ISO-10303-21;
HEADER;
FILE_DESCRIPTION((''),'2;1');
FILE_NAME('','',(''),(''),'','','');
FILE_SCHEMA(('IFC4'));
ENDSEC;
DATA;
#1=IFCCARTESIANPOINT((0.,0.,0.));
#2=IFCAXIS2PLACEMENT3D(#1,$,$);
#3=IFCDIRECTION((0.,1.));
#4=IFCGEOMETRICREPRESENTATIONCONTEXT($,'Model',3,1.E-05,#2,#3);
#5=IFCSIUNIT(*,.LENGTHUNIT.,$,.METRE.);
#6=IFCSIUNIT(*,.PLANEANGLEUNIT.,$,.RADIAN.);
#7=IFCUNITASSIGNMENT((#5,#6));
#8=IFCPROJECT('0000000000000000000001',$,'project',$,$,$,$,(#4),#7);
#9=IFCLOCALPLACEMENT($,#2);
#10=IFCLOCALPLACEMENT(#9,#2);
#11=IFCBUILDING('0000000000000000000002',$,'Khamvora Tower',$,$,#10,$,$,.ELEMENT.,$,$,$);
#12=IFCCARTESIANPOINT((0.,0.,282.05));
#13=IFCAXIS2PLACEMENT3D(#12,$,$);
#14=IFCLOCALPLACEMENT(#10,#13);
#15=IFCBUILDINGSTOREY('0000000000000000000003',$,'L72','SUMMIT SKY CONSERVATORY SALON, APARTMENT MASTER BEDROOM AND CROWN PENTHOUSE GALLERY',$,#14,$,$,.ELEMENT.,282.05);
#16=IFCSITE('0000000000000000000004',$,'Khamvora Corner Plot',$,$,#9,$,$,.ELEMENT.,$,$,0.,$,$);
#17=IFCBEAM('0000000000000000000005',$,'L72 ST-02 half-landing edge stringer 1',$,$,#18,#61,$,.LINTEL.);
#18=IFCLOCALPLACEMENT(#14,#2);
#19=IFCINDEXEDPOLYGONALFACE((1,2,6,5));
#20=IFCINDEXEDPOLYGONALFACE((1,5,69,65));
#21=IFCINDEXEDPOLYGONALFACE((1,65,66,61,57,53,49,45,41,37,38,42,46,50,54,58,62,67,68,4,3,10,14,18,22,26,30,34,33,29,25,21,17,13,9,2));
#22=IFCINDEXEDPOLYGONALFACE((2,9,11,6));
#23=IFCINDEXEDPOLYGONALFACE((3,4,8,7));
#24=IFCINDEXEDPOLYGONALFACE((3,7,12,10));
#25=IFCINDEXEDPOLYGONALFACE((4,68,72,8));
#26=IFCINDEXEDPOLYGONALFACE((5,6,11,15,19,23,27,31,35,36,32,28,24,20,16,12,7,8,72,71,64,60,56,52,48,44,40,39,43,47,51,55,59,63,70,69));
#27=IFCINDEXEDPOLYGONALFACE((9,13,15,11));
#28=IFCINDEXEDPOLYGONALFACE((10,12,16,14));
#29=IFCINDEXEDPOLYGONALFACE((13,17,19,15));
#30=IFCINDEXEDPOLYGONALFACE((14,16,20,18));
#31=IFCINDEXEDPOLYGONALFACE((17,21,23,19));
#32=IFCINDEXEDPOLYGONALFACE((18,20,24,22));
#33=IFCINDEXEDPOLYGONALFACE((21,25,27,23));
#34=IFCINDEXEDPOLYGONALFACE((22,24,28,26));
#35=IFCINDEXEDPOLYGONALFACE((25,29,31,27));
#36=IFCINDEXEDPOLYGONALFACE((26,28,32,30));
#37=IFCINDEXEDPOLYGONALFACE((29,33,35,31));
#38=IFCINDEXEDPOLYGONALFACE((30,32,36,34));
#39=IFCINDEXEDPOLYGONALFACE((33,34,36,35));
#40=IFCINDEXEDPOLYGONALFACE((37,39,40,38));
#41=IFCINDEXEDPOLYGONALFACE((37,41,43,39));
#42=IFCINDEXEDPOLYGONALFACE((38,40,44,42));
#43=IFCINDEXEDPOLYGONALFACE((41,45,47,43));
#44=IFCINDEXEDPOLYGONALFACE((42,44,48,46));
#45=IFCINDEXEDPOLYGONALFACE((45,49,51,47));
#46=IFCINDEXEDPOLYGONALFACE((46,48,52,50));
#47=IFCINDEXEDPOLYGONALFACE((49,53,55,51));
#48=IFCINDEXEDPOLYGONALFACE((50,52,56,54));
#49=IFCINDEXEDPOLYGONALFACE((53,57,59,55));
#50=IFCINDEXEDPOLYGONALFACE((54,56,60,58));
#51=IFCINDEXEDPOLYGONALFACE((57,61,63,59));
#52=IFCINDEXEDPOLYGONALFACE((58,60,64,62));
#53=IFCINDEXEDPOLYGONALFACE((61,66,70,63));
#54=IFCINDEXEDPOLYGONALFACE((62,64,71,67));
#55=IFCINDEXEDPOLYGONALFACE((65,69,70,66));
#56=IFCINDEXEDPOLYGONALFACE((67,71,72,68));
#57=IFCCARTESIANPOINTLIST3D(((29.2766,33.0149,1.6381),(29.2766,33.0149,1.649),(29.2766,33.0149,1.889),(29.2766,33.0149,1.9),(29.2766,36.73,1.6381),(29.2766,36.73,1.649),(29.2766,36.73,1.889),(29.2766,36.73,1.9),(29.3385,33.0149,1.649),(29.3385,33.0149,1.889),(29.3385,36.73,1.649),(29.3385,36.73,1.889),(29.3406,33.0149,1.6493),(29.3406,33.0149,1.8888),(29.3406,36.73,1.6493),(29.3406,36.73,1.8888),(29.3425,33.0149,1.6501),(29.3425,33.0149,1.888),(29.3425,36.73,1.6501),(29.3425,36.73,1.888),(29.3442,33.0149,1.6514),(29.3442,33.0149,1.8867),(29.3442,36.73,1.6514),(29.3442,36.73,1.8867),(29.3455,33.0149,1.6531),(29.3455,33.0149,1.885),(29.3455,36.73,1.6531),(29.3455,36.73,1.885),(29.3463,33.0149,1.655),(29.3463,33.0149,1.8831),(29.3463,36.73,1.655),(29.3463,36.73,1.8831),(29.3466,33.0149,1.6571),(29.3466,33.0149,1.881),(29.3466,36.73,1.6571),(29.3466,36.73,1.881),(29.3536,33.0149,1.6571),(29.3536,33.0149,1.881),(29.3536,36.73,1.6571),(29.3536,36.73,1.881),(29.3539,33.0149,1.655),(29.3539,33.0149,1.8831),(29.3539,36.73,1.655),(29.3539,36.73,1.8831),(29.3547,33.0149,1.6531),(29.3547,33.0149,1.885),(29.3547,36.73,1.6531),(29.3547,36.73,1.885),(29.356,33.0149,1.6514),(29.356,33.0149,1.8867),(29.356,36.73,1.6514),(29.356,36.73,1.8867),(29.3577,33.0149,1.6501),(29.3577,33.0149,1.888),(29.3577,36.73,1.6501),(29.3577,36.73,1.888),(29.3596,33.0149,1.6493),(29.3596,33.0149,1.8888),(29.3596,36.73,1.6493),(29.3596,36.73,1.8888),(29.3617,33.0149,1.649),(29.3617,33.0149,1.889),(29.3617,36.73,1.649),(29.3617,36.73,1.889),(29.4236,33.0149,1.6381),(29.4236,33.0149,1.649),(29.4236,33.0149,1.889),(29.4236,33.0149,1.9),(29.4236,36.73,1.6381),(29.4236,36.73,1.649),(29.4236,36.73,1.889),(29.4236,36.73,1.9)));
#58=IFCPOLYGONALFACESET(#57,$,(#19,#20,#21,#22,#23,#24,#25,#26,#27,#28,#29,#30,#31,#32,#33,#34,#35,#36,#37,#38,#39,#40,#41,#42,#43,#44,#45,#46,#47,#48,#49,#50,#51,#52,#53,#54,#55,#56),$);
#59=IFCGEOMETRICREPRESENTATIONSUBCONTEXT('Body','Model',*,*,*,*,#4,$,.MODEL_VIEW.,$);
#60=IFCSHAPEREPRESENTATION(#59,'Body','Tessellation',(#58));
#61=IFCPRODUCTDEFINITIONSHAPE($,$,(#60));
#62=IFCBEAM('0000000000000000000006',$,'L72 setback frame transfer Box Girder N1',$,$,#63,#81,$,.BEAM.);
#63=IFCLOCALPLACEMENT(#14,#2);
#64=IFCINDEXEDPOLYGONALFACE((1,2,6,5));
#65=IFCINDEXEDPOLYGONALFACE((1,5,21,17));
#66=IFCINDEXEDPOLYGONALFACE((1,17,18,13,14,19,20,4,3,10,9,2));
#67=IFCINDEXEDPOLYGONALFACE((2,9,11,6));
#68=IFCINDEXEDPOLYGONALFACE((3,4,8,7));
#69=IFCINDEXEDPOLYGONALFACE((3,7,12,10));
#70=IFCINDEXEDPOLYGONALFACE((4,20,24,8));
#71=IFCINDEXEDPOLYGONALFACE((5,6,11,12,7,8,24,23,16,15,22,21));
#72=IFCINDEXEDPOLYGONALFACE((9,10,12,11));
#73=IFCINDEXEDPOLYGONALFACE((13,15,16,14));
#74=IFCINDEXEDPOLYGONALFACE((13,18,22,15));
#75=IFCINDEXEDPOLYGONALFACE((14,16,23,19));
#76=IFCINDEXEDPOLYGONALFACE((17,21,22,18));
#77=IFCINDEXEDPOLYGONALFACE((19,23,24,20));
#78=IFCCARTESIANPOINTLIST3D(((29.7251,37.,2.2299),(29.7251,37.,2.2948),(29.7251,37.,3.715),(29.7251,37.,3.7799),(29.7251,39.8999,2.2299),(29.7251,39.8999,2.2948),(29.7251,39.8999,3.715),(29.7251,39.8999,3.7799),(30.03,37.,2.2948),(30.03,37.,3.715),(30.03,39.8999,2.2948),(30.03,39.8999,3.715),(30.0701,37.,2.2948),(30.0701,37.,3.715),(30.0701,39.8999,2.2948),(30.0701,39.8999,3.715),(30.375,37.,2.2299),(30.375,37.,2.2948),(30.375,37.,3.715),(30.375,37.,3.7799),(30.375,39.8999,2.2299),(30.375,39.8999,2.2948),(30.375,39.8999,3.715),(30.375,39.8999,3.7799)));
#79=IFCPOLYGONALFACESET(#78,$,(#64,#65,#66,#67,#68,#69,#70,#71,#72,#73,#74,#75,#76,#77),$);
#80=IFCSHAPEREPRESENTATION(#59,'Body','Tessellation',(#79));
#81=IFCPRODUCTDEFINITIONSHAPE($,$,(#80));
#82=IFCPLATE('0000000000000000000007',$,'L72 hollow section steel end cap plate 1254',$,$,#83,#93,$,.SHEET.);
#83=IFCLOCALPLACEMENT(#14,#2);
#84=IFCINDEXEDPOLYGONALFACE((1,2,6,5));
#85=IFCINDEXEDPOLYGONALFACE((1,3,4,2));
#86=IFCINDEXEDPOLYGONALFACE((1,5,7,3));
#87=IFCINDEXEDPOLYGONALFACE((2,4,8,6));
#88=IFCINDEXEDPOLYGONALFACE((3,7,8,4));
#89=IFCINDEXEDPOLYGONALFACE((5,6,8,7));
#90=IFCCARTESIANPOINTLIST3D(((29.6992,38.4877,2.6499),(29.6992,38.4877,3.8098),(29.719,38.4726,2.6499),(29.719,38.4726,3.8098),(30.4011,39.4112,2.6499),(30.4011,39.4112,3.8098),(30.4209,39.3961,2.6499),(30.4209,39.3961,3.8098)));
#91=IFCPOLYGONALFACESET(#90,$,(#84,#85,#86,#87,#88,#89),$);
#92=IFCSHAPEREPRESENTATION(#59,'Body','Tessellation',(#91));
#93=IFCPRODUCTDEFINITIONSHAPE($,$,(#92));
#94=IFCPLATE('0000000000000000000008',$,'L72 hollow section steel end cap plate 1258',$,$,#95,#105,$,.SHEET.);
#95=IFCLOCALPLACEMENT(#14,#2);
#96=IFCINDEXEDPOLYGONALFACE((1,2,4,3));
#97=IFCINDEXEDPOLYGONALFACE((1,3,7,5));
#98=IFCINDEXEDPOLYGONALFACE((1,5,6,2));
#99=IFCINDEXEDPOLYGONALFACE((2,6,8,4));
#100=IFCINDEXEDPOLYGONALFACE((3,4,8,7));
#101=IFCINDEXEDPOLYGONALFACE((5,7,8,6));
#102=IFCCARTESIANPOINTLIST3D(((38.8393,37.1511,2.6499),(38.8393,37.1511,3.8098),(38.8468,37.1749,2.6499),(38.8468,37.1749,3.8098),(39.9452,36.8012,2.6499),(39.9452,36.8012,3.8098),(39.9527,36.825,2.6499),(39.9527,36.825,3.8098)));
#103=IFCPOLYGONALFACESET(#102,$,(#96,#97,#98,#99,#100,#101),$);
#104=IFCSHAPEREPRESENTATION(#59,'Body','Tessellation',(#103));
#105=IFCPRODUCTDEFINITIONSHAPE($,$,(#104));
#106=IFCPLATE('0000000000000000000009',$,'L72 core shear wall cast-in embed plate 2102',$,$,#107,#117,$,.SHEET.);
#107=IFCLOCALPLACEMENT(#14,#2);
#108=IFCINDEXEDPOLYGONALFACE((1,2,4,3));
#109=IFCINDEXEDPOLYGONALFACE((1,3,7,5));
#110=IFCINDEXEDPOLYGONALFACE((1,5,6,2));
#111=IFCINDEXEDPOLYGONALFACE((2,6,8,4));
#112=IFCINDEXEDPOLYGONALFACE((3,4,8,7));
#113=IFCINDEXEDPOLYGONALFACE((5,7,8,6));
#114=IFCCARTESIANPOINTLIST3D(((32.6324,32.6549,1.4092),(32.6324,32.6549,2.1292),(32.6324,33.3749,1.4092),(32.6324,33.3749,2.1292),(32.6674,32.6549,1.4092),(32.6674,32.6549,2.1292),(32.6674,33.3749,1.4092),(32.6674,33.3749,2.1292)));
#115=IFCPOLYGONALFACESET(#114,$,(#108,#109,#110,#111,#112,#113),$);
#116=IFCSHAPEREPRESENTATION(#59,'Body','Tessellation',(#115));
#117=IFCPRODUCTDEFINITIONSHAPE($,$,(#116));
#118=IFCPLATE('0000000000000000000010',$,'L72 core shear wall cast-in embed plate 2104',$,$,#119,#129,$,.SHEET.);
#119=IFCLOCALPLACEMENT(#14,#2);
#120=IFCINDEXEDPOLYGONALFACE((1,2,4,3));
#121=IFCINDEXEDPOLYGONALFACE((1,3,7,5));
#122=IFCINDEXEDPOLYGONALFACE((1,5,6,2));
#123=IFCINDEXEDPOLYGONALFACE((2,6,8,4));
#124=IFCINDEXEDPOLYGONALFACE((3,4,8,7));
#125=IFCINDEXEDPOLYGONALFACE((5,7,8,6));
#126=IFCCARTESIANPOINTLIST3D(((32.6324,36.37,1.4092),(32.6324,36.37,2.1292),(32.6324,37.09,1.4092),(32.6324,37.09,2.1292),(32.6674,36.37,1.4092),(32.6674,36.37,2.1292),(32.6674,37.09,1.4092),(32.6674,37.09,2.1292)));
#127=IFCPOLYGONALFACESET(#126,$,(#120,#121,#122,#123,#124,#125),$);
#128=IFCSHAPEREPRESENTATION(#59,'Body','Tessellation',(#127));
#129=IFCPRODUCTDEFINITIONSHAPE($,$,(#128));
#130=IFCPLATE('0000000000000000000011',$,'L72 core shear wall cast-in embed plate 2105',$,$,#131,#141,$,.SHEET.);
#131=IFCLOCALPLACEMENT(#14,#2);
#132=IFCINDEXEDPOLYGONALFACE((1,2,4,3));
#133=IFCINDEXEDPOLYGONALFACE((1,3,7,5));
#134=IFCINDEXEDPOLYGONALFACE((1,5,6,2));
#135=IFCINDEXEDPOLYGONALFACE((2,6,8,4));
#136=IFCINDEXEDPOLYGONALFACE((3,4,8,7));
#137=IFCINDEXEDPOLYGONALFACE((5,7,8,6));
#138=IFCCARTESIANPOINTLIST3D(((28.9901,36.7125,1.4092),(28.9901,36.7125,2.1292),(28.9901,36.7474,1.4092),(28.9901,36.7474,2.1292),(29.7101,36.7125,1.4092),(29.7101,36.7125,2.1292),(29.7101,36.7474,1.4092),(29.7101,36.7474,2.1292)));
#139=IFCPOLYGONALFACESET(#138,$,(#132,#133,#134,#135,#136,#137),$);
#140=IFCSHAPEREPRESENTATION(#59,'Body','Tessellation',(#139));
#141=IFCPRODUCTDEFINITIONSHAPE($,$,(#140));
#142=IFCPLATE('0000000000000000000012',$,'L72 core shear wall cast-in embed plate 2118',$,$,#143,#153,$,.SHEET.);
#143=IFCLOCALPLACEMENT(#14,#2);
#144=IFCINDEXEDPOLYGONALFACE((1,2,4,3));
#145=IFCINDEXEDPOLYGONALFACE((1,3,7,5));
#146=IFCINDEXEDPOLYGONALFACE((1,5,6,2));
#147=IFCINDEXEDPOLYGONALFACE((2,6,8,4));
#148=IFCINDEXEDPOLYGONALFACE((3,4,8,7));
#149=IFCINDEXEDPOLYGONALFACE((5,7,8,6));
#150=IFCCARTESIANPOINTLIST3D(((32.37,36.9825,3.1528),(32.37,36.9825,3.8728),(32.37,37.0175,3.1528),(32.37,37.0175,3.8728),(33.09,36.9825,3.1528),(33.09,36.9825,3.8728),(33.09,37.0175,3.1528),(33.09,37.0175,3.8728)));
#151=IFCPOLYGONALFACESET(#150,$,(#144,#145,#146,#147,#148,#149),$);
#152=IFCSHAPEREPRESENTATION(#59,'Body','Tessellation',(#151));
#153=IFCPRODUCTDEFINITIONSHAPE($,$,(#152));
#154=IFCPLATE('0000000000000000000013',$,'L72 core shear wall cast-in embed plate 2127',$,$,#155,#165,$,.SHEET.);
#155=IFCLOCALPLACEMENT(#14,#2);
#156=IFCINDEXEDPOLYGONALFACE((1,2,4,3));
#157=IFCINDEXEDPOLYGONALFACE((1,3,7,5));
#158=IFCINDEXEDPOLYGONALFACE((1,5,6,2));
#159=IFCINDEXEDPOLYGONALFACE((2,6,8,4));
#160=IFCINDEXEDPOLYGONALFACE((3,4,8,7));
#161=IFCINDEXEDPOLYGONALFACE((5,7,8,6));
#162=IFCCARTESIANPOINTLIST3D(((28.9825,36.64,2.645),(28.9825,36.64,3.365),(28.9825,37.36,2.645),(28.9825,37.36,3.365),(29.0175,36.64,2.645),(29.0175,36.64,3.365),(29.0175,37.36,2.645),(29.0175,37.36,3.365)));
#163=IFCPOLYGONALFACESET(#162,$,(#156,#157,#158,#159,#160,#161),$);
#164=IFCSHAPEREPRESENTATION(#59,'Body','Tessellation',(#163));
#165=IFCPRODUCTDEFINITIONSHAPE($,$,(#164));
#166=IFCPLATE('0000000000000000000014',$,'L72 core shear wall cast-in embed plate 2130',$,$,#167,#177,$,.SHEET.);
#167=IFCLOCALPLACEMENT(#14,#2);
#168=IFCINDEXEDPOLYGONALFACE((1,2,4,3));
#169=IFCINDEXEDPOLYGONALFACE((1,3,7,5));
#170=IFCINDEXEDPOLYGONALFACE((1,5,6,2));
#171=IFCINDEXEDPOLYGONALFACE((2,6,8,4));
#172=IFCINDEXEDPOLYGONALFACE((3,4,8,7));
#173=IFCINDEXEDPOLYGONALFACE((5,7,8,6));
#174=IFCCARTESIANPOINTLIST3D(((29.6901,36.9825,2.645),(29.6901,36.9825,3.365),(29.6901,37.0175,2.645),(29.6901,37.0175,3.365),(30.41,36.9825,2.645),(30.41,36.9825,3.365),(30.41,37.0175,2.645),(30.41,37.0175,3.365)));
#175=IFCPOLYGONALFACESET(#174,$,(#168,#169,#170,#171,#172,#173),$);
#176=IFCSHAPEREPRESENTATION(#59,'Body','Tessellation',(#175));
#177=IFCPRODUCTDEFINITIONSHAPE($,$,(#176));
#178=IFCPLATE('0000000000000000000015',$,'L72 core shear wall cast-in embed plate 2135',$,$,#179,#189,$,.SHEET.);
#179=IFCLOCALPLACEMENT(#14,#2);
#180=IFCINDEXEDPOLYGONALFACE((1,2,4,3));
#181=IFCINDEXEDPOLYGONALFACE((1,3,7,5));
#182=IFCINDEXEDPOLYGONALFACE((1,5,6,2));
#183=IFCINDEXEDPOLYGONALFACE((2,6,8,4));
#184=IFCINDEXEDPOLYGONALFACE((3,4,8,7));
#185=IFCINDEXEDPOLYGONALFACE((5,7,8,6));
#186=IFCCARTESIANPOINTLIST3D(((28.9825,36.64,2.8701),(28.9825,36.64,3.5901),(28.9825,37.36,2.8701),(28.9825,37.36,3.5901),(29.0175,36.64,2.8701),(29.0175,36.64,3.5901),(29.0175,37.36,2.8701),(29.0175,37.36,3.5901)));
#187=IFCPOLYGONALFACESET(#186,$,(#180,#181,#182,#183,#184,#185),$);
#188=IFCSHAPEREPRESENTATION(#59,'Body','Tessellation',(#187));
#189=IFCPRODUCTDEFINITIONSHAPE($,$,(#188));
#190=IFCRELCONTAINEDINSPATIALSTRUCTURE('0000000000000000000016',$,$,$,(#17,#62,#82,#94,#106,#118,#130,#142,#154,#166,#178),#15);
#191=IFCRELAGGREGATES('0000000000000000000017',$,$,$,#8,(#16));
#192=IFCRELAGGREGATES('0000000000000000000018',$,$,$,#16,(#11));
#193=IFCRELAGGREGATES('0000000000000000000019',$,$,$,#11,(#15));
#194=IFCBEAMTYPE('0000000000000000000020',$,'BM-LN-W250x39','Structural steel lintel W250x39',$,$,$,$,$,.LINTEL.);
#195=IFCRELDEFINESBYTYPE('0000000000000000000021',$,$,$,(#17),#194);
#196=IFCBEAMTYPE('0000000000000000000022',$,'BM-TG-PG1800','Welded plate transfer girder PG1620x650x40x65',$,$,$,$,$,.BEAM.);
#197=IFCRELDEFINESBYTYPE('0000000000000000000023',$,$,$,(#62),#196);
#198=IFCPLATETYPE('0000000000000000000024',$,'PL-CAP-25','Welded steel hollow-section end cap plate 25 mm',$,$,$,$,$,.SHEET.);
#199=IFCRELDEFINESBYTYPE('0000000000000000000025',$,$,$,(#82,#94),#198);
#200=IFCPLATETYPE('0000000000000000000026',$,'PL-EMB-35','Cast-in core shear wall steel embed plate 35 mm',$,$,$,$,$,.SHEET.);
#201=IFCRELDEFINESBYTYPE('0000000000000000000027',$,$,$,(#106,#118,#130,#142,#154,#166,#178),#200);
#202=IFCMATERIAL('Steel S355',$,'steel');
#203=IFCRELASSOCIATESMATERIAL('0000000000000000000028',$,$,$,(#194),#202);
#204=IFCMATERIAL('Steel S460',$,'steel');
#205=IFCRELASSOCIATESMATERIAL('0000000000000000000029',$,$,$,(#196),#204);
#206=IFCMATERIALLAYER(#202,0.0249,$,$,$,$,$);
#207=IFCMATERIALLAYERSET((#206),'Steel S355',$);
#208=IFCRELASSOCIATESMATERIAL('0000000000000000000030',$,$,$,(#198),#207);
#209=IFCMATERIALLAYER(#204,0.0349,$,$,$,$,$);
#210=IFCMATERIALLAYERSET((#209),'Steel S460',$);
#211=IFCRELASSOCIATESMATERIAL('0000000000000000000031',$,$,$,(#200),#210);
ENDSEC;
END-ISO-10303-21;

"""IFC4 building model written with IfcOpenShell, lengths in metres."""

from ifc_helpers import new_model, si_unit, direction, frame, origin, origin_2d, place, context, subcontext, project, spatial, rectangle, i_section, extrude, material, layer, layer_set, material_profile, profile_set, type_object, element, save


model = new_model("IFC4")

# Units and contexts
model_context = context("Model", 3, precision=1e-05, world=origin(), true_north=direction((0.0, 1.0)))
body_context = subcontext(model_context, "Body", "Model", "MODEL_VIEW")
ifc_project = project(units=[si_unit("LENGTHUNIT", "METRE"), si_unit("PLANEANGLEUNIT", "RADIAN")], contexts=[model_context])

# Site, building, storey
site_placement = place(None, origin())
site = spatial("IfcSite", under=ifc_project, at=site_placement, Name="Khamvora Corner Plot", CompositionType="ELEMENT", RefElevation=0.0)
building_placement = place(site_placement, origin())
building = spatial("IfcBuilding", under=site, at=building_placement, Name="Khamvora Tower", CompositionType="ELEMENT")
storey_placement = place(building_placement, frame((0.0, 0.0, 282.05)))
storey = spatial("IfcBuildingStorey", under=building, at=storey_placement, Name="L72", Description="SUMMIT SKY CONSERVATORY SALON, APARTMENT MASTER BEDROOM AND CROWN PENTHOUSE GALLERY", CompositionType="ELEMENT", Elevation=282.05)

# Beams
ifc_material_1 = material(Name="Steel S355", Category="steel")
ifc_material_profile_1 = material_profile(ifc_material_1, i_section(OverallWidth=0.147, OverallDepth=0.262, WebThickness=0.0071, FlangeThickness=0.011, FilletRadius=0.0081, at=origin_2d()), Name="W250x39")
ifc_profile_set_1 = profile_set([ifc_material_profile_1], Name="Steel S355")
beam_type_1 = type_object("IfcBeamType", Name="BM-LN-W250x39", Description="Structural steel lintel W250x39", PredefinedType="LINTEL", material=ifc_profile_set_1)
beam_1_placement = place(storey_placement, frame((29.3501, 33.0149, 1.769), z_axis=(0.0, 1.0, 0.0), x_axis=(-1.0, 0.0, 0.0)))
element("IfcBeam", 1, at=beam_1_placement, inside=storey, type_object=beam_type_1, Name="L72 ST-02 half-landing edge stringer 1", PredefinedType="LINTEL", context=body_context, shape_type="SweptSolid", body=[
    extrude(i_section(OverallWidth=0.147, OverallDepth=0.262, WebThickness=0.0071, FlangeThickness=0.011, FilletRadius=0.0081, at=origin_2d()), origin(), (0.0, 0.0, 1.0), 3.7151),
])
ifc_material_2 = material(Name="Steel S460", Category="steel")
ifc_material_profile_2 = material_profile(ifc_material_2, i_section(OverallWidth=0.6499, OverallDepth=1.55, WebThickness=0.04, FlangeThickness=0.0649, at=origin_2d()), Name="PG1550x650x40x65")
ifc_profile_set_2 = profile_set([ifc_material_profile_2], Name="Steel S460")
beam_type_2 = type_object("IfcBeamType", Name="BM-TG-PG1800", Description="Welded plate transfer girder PG1620x650x40x65", PredefinedType="BEAM", material=ifc_profile_set_2)
beam_2_placement = place(storey_placement, frame((30.05, 37.0, 3.0049), z_axis=(0.0, 1.0, 0.0), x_axis=(-1.0, 0.0, 0.0)))
element("IfcBeam", 2, at=beam_2_placement, inside=storey, type_object=beam_type_2, Name="L72 setback frame transfer Box Girder N1", PredefinedType="BEAM", context=body_context, shape_type="SweptSolid", body=[
    extrude(i_section(OverallWidth=0.6499, OverallDepth=1.55, WebThickness=0.04, FlangeThickness=0.0649, at=origin_2d()), origin(), (0.0, 0.0, 1.0), 2.8999),
])

# Plates
ifc_layer_1 = layer(ifc_material_1, 0.0249)
ifc_layer_set_1 = layer_set([ifc_layer_1], Name="Steel S355")
plate_type_1 = type_object("IfcPlateType", Name="PL-CAP-25", Description="Welded steel hollow-section end cap plate 25 mm", PredefinedType="SHEET", material=ifc_layer_set_1)
for number, where, z_axis, x_axis, name in (
    (3, (30.0601, 38.9419, 2.6499), (0.0, 0.0, 1.0), (0.79616, -0.605086, 0.0), "L72 hollow section steel end cap plate 1254"),
    (4, (39.396, 36.988, 2.6499), (0.0, 0.0, 1.0), (0.301671, 0.953412, 0.0), "L72 hollow section steel end cap plate 1258"),
):
    element("IfcPlate", number, at=place(storey_placement, frame(where, z_axis=z_axis, x_axis=x_axis)), inside=storey, type_object=plate_type_1, Name=name, PredefinedType="SHEET", context=body_context, shape_type="SweptSolid", body=[
        extrude(rectangle(XDim=0.0249, YDim=1.1599, at=origin_2d()), origin(), (0.0, 0.0, 1.0), 1.1599),
    ])
ifc_layer_2 = layer(ifc_material_2, 0.0349)
ifc_layer_set_2 = layer_set([ifc_layer_2], Name="Steel S460")
plate_type_2 = type_object("IfcPlateType", Name="PL-EMB-35", Description="Cast-in core shear wall steel embed plate 35 mm", PredefinedType="SHEET", material=ifc_layer_set_2)
for number, where, z_axis, x_axis, name in (
    (5, (32.6499, 33.0149, 1.4092), (0.0, 0.0, 1.0), (1.0, 0.0, 0.0), "L72 core shear wall cast-in embed plate 2102"),
    (6, (32.6499, 36.73, 1.4092), (0.0, 0.0, 1.0), (1.0, 0.0, 0.0), "L72 core shear wall cast-in embed plate 2104"),
):
    element("IfcPlate", number, at=place(storey_placement, frame(where, z_axis=z_axis, x_axis=x_axis)), inside=storey, type_object=plate_type_2, Name=name, PredefinedType="SHEET", context=body_context, shape_type="SweptSolid", body=[
        extrude(rectangle(XDim=0.0349, YDim=0.72, at=origin_2d()), origin(), (0.0, 0.0, 1.0), 0.72),
    ])
for number, where, z_axis, x_axis, name in (
    (7, (29.3501, 36.73, 1.4092), (0.0, 0.0, 1.0), (1.0, 0.0, 0.0), "L72 core shear wall cast-in embed plate 2105"),
    (8, (32.73, 37.0, 3.1528), (0.0, 0.0, 1.0), (1.0, 0.0, 0.0), "L72 core shear wall cast-in embed plate 2118"),
):
    element("IfcPlate", number, at=place(storey_placement, frame(where, z_axis=z_axis, x_axis=x_axis)), inside=storey, type_object=plate_type_2, Name=name, PredefinedType="SHEET", context=body_context, shape_type="SweptSolid", body=[
        extrude(rectangle(XDim=0.72, YDim=0.0349, at=origin_2d()), origin(), (0.0, 0.0, 1.0), 0.72),
    ])
plate_1_placement = place(storey_placement, frame((29.0, 37.0, 2.645), z_axis=(0.0, 0.0, 1.0), x_axis=(1.0, 0.0, 0.0)))
element("IfcPlate", 9, at=plate_1_placement, inside=storey, type_object=plate_type_2, Name="L72 core shear wall cast-in embed plate 2127", PredefinedType="SHEET", context=body_context, shape_type="SweptSolid", body=[
    extrude(rectangle(XDim=0.0349, YDim=0.72, at=origin_2d()), origin(), (0.0, 0.0, 1.0), 0.72),
])
plate_2_placement = place(storey_placement, frame((30.05, 37.0, 2.645), z_axis=(0.0, 0.0, 1.0), x_axis=(1.0, 0.0, 0.0)))
element("IfcPlate", 10, at=plate_2_placement, inside=storey, type_object=plate_type_2, Name="L72 core shear wall cast-in embed plate 2130", PredefinedType="SHEET", context=body_context, shape_type="SweptSolid", body=[
    extrude(rectangle(XDim=0.72, YDim=0.0349, at=origin_2d()), origin(), (0.0, 0.0, 1.0), 0.72),
])
plate_3_placement = place(storey_placement, frame((29.0, 37.0, 2.8701), z_axis=(0.0, 0.0, 1.0), x_axis=(1.0, 0.0, 0.0)))
element("IfcPlate", 11, at=plate_3_placement, inside=storey, type_object=plate_type_2, Name="L72 core shear wall cast-in embed plate 2135", PredefinedType="SHEET", context=body_context, shape_type="SweptSolid", body=[
    extrude(rectangle(XDim=0.0349, YDim=0.72, at=origin_2d()), origin(), (0.0, 0.0, 1.0), 0.72),
])

save(model, "model.ifc")
